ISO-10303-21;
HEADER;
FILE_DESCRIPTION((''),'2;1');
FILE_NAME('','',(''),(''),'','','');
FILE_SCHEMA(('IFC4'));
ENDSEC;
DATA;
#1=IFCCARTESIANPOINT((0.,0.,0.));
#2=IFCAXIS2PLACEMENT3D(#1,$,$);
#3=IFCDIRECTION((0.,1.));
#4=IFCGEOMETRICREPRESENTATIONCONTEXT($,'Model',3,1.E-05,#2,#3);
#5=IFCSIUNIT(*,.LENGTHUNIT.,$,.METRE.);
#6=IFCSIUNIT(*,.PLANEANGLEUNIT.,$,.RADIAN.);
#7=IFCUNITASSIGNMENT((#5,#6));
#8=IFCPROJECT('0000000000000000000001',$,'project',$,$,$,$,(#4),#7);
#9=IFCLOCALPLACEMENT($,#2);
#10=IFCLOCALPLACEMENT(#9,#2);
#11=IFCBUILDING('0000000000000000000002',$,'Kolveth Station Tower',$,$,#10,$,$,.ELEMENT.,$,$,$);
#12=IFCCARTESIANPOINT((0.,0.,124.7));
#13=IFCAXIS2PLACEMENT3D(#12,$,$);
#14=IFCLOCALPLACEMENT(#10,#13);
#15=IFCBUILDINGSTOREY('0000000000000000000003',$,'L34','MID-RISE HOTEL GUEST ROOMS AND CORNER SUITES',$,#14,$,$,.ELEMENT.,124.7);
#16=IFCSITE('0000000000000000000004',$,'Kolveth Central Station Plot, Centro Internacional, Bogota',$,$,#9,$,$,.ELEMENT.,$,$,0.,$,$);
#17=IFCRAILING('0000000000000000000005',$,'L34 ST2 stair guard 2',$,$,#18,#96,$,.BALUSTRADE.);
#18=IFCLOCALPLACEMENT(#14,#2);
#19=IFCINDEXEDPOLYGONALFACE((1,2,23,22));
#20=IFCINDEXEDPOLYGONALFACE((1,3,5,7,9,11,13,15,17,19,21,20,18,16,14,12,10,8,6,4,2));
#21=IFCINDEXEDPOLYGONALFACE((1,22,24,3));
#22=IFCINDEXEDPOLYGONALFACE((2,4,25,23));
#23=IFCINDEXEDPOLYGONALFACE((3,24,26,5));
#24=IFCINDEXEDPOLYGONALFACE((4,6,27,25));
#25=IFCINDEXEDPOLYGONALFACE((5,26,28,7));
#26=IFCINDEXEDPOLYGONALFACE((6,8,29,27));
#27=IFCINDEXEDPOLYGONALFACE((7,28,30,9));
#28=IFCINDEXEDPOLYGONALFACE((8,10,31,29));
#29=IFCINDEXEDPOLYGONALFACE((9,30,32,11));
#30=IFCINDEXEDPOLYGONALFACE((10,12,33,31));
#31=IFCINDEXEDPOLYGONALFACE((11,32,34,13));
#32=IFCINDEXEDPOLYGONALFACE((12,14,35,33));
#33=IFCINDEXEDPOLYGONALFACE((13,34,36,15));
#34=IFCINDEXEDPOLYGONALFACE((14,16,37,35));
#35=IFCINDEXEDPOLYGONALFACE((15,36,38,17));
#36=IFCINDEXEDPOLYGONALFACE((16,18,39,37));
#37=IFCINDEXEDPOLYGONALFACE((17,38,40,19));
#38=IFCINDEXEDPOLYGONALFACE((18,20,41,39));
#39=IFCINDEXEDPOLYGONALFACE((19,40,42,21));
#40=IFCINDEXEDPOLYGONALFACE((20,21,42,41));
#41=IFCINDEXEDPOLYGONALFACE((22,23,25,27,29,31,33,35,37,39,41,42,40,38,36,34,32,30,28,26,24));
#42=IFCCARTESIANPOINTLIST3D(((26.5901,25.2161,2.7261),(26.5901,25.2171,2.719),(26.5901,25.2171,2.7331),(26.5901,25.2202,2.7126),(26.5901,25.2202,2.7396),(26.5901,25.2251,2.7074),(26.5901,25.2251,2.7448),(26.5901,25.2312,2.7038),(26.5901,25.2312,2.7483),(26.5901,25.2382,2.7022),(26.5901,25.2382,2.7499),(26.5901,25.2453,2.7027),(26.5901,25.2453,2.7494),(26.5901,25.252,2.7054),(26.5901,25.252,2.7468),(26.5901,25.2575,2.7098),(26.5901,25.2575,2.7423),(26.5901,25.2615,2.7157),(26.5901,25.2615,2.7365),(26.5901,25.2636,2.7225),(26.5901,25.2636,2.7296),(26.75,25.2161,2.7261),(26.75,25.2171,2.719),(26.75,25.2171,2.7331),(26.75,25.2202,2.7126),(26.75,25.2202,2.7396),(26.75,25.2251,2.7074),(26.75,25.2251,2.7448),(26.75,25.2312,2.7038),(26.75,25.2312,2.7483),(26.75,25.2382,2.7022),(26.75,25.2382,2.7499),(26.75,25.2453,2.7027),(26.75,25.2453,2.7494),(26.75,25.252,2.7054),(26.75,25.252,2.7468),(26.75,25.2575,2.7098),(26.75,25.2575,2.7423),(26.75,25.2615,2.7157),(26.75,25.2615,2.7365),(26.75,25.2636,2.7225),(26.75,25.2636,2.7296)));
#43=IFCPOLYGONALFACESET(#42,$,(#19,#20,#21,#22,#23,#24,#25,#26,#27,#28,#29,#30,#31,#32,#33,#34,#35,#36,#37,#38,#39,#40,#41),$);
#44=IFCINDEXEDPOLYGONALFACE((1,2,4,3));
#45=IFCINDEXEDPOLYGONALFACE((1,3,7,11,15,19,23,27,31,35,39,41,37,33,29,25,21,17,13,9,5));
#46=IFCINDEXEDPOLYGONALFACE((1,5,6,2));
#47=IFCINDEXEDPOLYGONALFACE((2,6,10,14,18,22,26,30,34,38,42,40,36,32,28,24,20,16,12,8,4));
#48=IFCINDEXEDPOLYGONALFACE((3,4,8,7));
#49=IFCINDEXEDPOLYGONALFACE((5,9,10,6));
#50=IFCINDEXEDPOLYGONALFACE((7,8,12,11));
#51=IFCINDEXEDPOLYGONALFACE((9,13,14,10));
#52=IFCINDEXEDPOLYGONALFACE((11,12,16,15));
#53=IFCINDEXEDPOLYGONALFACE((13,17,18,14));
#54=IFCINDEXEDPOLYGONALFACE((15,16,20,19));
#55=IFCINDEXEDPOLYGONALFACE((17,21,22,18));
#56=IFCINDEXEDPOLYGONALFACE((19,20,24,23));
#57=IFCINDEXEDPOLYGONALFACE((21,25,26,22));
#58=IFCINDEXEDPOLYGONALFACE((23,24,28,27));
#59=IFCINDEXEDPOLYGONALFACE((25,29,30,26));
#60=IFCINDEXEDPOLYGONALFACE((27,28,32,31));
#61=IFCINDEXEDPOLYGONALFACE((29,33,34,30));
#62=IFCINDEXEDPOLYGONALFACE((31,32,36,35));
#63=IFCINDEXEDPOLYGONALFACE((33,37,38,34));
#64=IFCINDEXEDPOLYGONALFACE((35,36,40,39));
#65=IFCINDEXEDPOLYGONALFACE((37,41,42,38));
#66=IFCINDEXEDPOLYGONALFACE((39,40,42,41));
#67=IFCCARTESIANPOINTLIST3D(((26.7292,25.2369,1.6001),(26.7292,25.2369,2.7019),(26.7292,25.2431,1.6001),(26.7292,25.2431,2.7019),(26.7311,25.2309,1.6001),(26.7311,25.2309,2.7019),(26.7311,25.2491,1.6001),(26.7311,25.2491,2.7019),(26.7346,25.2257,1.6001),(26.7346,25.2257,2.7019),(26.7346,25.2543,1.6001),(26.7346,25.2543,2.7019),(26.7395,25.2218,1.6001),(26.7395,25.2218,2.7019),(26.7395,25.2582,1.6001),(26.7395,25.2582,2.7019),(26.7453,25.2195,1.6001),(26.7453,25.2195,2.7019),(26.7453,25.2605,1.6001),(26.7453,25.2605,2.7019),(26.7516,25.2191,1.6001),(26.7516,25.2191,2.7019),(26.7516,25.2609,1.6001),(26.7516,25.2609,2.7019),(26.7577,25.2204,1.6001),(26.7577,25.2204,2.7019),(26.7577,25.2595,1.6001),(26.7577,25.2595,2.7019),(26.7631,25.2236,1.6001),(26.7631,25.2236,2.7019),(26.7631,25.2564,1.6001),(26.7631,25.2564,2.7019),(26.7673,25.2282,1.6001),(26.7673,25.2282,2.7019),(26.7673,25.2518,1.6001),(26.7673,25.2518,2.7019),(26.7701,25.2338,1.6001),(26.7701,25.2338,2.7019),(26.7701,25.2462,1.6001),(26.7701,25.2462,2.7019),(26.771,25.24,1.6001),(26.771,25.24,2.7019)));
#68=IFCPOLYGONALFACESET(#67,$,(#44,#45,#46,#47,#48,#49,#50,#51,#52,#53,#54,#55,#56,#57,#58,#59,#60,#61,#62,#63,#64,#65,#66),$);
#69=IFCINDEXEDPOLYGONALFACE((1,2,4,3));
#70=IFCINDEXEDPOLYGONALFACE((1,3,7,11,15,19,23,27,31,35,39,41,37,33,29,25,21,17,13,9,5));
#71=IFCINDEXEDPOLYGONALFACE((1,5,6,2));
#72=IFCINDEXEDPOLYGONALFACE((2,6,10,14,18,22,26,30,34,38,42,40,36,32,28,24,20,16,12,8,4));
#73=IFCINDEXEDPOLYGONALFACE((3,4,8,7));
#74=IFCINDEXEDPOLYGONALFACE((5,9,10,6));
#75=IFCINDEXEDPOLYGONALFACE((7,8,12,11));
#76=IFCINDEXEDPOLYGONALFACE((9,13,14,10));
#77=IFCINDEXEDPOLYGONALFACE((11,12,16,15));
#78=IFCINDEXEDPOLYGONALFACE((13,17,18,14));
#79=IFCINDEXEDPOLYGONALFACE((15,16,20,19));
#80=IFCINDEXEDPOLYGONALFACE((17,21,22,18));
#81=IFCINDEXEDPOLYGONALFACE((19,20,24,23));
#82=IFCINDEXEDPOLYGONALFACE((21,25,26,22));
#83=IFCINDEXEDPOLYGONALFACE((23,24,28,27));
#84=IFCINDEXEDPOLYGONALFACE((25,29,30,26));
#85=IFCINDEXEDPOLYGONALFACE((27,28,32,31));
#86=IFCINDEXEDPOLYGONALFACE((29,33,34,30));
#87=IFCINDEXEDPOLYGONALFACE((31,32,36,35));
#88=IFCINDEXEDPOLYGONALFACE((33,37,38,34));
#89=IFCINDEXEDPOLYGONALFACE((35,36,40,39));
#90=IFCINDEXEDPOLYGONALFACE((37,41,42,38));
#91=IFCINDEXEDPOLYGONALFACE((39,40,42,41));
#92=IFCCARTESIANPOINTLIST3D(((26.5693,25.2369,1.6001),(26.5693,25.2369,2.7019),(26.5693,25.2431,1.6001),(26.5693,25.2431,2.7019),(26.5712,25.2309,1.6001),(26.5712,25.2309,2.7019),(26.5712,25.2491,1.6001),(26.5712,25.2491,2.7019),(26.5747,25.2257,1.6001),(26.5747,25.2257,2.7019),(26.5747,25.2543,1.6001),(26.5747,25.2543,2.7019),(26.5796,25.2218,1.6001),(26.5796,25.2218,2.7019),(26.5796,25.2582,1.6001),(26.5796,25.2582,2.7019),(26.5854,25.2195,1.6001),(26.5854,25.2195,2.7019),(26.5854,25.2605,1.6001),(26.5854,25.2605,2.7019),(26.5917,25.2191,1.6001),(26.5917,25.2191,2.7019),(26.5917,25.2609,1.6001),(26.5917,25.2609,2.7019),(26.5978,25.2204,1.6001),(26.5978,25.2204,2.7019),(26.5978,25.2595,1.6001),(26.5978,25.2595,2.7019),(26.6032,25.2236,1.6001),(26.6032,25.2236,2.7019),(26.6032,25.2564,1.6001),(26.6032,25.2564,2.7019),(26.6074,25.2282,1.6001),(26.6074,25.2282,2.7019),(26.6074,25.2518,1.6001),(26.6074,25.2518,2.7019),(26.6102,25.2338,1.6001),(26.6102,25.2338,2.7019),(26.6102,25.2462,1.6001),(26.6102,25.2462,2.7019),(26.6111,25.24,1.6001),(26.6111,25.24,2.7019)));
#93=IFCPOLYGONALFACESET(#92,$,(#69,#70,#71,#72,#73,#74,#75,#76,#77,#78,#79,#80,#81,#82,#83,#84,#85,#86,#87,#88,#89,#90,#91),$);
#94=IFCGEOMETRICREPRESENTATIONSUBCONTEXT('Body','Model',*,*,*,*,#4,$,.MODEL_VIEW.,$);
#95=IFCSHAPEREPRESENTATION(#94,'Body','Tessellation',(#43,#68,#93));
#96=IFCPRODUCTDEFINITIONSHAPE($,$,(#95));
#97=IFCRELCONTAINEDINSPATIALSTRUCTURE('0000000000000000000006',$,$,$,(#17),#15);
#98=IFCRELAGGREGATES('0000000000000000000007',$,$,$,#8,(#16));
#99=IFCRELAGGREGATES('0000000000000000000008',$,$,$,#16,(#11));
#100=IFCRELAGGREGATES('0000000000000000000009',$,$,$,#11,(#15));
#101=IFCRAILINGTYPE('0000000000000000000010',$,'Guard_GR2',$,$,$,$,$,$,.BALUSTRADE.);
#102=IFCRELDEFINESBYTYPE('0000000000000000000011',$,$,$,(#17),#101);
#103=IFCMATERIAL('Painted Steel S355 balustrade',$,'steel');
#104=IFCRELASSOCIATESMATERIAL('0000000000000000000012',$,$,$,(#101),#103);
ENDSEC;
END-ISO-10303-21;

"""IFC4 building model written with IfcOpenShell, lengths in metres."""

from ifc_helpers import new_model, si_unit, direction, frame, origin, origin_2d, place, context, subcontext, project, spatial, circle, extrude, material, type_object, element, save


model = new_model("IFC4")

# Units and contexts
model_context = context("Model", 3, precision=1e-05, world=origin(), true_north=direction((0.0, 1.0)))
body_context = subcontext(model_context, "Body", "Model", "MODEL_VIEW")
ifc_project = project(units=[si_unit("LENGTHUNIT", "METRE"), si_unit("PLANEANGLEUNIT", "RADIAN")], contexts=[model_context])

# Site, building, storey
site_placement = place(None, origin())
site = spatial("IfcSite", under=ifc_project, at=site_placement, Name="Kolveth Central Station Plot, Centro Internacional, Bogota", CompositionType="ELEMENT", RefElevation=0.0)
building_placement = place(site_placement, origin())
building = spatial("IfcBuilding", under=site, at=building_placement, Name="Kolveth Station Tower", CompositionType="ELEMENT")
storey_placement = place(building_placement, frame((0.0, 0.0, 124.7)))
storey = spatial("IfcBuildingStorey", under=building, at=storey_placement, Name="L34", Description="MID-RISE HOTEL GUEST ROOMS AND CORNER SUITES", CompositionType="ELEMENT", Elevation=124.7)

# Railing
ifc_material_1 = material(Name="Painted Steel S355 balustrade", Category="steel")
railing_type_1 = type_object("IfcRailingType", Name="Guard_GR2", PredefinedType="BALUSTRADE", material=ifc_material_1)
railing_1_placement = place(storey_placement, frame((26.75, 25.24, 1.6001)))
element("IfcRailing", 1, at=railing_1_placement, inside=storey, type_object=railing_type_1, Name="L34 ST2 stair guard 2", PredefinedType="BALUSTRADE", context=body_context, shape_type="SweptSolid", body=[
    extrude(circle(Radius=0.0239, at=origin_2d()), frame((0.0, 0.0, 1.126), z_axis=(-1.0, 0.0, 0.0), x_axis=(0.0, -1.0, 0.0)), (0.0, 0.0, 1.0), 0.1599),
    extrude(circle(Radius=0.021, at=origin_2d()), origin(), (0.0, 0.0, 1.0), 1.1018),
    extrude(circle(Radius=0.021, at=origin_2d()), frame((-0.1599, 0.0, 0.0)), (0.0, 0.0, 1.0), 1.1018),
])

save(model, "model.ifc")
